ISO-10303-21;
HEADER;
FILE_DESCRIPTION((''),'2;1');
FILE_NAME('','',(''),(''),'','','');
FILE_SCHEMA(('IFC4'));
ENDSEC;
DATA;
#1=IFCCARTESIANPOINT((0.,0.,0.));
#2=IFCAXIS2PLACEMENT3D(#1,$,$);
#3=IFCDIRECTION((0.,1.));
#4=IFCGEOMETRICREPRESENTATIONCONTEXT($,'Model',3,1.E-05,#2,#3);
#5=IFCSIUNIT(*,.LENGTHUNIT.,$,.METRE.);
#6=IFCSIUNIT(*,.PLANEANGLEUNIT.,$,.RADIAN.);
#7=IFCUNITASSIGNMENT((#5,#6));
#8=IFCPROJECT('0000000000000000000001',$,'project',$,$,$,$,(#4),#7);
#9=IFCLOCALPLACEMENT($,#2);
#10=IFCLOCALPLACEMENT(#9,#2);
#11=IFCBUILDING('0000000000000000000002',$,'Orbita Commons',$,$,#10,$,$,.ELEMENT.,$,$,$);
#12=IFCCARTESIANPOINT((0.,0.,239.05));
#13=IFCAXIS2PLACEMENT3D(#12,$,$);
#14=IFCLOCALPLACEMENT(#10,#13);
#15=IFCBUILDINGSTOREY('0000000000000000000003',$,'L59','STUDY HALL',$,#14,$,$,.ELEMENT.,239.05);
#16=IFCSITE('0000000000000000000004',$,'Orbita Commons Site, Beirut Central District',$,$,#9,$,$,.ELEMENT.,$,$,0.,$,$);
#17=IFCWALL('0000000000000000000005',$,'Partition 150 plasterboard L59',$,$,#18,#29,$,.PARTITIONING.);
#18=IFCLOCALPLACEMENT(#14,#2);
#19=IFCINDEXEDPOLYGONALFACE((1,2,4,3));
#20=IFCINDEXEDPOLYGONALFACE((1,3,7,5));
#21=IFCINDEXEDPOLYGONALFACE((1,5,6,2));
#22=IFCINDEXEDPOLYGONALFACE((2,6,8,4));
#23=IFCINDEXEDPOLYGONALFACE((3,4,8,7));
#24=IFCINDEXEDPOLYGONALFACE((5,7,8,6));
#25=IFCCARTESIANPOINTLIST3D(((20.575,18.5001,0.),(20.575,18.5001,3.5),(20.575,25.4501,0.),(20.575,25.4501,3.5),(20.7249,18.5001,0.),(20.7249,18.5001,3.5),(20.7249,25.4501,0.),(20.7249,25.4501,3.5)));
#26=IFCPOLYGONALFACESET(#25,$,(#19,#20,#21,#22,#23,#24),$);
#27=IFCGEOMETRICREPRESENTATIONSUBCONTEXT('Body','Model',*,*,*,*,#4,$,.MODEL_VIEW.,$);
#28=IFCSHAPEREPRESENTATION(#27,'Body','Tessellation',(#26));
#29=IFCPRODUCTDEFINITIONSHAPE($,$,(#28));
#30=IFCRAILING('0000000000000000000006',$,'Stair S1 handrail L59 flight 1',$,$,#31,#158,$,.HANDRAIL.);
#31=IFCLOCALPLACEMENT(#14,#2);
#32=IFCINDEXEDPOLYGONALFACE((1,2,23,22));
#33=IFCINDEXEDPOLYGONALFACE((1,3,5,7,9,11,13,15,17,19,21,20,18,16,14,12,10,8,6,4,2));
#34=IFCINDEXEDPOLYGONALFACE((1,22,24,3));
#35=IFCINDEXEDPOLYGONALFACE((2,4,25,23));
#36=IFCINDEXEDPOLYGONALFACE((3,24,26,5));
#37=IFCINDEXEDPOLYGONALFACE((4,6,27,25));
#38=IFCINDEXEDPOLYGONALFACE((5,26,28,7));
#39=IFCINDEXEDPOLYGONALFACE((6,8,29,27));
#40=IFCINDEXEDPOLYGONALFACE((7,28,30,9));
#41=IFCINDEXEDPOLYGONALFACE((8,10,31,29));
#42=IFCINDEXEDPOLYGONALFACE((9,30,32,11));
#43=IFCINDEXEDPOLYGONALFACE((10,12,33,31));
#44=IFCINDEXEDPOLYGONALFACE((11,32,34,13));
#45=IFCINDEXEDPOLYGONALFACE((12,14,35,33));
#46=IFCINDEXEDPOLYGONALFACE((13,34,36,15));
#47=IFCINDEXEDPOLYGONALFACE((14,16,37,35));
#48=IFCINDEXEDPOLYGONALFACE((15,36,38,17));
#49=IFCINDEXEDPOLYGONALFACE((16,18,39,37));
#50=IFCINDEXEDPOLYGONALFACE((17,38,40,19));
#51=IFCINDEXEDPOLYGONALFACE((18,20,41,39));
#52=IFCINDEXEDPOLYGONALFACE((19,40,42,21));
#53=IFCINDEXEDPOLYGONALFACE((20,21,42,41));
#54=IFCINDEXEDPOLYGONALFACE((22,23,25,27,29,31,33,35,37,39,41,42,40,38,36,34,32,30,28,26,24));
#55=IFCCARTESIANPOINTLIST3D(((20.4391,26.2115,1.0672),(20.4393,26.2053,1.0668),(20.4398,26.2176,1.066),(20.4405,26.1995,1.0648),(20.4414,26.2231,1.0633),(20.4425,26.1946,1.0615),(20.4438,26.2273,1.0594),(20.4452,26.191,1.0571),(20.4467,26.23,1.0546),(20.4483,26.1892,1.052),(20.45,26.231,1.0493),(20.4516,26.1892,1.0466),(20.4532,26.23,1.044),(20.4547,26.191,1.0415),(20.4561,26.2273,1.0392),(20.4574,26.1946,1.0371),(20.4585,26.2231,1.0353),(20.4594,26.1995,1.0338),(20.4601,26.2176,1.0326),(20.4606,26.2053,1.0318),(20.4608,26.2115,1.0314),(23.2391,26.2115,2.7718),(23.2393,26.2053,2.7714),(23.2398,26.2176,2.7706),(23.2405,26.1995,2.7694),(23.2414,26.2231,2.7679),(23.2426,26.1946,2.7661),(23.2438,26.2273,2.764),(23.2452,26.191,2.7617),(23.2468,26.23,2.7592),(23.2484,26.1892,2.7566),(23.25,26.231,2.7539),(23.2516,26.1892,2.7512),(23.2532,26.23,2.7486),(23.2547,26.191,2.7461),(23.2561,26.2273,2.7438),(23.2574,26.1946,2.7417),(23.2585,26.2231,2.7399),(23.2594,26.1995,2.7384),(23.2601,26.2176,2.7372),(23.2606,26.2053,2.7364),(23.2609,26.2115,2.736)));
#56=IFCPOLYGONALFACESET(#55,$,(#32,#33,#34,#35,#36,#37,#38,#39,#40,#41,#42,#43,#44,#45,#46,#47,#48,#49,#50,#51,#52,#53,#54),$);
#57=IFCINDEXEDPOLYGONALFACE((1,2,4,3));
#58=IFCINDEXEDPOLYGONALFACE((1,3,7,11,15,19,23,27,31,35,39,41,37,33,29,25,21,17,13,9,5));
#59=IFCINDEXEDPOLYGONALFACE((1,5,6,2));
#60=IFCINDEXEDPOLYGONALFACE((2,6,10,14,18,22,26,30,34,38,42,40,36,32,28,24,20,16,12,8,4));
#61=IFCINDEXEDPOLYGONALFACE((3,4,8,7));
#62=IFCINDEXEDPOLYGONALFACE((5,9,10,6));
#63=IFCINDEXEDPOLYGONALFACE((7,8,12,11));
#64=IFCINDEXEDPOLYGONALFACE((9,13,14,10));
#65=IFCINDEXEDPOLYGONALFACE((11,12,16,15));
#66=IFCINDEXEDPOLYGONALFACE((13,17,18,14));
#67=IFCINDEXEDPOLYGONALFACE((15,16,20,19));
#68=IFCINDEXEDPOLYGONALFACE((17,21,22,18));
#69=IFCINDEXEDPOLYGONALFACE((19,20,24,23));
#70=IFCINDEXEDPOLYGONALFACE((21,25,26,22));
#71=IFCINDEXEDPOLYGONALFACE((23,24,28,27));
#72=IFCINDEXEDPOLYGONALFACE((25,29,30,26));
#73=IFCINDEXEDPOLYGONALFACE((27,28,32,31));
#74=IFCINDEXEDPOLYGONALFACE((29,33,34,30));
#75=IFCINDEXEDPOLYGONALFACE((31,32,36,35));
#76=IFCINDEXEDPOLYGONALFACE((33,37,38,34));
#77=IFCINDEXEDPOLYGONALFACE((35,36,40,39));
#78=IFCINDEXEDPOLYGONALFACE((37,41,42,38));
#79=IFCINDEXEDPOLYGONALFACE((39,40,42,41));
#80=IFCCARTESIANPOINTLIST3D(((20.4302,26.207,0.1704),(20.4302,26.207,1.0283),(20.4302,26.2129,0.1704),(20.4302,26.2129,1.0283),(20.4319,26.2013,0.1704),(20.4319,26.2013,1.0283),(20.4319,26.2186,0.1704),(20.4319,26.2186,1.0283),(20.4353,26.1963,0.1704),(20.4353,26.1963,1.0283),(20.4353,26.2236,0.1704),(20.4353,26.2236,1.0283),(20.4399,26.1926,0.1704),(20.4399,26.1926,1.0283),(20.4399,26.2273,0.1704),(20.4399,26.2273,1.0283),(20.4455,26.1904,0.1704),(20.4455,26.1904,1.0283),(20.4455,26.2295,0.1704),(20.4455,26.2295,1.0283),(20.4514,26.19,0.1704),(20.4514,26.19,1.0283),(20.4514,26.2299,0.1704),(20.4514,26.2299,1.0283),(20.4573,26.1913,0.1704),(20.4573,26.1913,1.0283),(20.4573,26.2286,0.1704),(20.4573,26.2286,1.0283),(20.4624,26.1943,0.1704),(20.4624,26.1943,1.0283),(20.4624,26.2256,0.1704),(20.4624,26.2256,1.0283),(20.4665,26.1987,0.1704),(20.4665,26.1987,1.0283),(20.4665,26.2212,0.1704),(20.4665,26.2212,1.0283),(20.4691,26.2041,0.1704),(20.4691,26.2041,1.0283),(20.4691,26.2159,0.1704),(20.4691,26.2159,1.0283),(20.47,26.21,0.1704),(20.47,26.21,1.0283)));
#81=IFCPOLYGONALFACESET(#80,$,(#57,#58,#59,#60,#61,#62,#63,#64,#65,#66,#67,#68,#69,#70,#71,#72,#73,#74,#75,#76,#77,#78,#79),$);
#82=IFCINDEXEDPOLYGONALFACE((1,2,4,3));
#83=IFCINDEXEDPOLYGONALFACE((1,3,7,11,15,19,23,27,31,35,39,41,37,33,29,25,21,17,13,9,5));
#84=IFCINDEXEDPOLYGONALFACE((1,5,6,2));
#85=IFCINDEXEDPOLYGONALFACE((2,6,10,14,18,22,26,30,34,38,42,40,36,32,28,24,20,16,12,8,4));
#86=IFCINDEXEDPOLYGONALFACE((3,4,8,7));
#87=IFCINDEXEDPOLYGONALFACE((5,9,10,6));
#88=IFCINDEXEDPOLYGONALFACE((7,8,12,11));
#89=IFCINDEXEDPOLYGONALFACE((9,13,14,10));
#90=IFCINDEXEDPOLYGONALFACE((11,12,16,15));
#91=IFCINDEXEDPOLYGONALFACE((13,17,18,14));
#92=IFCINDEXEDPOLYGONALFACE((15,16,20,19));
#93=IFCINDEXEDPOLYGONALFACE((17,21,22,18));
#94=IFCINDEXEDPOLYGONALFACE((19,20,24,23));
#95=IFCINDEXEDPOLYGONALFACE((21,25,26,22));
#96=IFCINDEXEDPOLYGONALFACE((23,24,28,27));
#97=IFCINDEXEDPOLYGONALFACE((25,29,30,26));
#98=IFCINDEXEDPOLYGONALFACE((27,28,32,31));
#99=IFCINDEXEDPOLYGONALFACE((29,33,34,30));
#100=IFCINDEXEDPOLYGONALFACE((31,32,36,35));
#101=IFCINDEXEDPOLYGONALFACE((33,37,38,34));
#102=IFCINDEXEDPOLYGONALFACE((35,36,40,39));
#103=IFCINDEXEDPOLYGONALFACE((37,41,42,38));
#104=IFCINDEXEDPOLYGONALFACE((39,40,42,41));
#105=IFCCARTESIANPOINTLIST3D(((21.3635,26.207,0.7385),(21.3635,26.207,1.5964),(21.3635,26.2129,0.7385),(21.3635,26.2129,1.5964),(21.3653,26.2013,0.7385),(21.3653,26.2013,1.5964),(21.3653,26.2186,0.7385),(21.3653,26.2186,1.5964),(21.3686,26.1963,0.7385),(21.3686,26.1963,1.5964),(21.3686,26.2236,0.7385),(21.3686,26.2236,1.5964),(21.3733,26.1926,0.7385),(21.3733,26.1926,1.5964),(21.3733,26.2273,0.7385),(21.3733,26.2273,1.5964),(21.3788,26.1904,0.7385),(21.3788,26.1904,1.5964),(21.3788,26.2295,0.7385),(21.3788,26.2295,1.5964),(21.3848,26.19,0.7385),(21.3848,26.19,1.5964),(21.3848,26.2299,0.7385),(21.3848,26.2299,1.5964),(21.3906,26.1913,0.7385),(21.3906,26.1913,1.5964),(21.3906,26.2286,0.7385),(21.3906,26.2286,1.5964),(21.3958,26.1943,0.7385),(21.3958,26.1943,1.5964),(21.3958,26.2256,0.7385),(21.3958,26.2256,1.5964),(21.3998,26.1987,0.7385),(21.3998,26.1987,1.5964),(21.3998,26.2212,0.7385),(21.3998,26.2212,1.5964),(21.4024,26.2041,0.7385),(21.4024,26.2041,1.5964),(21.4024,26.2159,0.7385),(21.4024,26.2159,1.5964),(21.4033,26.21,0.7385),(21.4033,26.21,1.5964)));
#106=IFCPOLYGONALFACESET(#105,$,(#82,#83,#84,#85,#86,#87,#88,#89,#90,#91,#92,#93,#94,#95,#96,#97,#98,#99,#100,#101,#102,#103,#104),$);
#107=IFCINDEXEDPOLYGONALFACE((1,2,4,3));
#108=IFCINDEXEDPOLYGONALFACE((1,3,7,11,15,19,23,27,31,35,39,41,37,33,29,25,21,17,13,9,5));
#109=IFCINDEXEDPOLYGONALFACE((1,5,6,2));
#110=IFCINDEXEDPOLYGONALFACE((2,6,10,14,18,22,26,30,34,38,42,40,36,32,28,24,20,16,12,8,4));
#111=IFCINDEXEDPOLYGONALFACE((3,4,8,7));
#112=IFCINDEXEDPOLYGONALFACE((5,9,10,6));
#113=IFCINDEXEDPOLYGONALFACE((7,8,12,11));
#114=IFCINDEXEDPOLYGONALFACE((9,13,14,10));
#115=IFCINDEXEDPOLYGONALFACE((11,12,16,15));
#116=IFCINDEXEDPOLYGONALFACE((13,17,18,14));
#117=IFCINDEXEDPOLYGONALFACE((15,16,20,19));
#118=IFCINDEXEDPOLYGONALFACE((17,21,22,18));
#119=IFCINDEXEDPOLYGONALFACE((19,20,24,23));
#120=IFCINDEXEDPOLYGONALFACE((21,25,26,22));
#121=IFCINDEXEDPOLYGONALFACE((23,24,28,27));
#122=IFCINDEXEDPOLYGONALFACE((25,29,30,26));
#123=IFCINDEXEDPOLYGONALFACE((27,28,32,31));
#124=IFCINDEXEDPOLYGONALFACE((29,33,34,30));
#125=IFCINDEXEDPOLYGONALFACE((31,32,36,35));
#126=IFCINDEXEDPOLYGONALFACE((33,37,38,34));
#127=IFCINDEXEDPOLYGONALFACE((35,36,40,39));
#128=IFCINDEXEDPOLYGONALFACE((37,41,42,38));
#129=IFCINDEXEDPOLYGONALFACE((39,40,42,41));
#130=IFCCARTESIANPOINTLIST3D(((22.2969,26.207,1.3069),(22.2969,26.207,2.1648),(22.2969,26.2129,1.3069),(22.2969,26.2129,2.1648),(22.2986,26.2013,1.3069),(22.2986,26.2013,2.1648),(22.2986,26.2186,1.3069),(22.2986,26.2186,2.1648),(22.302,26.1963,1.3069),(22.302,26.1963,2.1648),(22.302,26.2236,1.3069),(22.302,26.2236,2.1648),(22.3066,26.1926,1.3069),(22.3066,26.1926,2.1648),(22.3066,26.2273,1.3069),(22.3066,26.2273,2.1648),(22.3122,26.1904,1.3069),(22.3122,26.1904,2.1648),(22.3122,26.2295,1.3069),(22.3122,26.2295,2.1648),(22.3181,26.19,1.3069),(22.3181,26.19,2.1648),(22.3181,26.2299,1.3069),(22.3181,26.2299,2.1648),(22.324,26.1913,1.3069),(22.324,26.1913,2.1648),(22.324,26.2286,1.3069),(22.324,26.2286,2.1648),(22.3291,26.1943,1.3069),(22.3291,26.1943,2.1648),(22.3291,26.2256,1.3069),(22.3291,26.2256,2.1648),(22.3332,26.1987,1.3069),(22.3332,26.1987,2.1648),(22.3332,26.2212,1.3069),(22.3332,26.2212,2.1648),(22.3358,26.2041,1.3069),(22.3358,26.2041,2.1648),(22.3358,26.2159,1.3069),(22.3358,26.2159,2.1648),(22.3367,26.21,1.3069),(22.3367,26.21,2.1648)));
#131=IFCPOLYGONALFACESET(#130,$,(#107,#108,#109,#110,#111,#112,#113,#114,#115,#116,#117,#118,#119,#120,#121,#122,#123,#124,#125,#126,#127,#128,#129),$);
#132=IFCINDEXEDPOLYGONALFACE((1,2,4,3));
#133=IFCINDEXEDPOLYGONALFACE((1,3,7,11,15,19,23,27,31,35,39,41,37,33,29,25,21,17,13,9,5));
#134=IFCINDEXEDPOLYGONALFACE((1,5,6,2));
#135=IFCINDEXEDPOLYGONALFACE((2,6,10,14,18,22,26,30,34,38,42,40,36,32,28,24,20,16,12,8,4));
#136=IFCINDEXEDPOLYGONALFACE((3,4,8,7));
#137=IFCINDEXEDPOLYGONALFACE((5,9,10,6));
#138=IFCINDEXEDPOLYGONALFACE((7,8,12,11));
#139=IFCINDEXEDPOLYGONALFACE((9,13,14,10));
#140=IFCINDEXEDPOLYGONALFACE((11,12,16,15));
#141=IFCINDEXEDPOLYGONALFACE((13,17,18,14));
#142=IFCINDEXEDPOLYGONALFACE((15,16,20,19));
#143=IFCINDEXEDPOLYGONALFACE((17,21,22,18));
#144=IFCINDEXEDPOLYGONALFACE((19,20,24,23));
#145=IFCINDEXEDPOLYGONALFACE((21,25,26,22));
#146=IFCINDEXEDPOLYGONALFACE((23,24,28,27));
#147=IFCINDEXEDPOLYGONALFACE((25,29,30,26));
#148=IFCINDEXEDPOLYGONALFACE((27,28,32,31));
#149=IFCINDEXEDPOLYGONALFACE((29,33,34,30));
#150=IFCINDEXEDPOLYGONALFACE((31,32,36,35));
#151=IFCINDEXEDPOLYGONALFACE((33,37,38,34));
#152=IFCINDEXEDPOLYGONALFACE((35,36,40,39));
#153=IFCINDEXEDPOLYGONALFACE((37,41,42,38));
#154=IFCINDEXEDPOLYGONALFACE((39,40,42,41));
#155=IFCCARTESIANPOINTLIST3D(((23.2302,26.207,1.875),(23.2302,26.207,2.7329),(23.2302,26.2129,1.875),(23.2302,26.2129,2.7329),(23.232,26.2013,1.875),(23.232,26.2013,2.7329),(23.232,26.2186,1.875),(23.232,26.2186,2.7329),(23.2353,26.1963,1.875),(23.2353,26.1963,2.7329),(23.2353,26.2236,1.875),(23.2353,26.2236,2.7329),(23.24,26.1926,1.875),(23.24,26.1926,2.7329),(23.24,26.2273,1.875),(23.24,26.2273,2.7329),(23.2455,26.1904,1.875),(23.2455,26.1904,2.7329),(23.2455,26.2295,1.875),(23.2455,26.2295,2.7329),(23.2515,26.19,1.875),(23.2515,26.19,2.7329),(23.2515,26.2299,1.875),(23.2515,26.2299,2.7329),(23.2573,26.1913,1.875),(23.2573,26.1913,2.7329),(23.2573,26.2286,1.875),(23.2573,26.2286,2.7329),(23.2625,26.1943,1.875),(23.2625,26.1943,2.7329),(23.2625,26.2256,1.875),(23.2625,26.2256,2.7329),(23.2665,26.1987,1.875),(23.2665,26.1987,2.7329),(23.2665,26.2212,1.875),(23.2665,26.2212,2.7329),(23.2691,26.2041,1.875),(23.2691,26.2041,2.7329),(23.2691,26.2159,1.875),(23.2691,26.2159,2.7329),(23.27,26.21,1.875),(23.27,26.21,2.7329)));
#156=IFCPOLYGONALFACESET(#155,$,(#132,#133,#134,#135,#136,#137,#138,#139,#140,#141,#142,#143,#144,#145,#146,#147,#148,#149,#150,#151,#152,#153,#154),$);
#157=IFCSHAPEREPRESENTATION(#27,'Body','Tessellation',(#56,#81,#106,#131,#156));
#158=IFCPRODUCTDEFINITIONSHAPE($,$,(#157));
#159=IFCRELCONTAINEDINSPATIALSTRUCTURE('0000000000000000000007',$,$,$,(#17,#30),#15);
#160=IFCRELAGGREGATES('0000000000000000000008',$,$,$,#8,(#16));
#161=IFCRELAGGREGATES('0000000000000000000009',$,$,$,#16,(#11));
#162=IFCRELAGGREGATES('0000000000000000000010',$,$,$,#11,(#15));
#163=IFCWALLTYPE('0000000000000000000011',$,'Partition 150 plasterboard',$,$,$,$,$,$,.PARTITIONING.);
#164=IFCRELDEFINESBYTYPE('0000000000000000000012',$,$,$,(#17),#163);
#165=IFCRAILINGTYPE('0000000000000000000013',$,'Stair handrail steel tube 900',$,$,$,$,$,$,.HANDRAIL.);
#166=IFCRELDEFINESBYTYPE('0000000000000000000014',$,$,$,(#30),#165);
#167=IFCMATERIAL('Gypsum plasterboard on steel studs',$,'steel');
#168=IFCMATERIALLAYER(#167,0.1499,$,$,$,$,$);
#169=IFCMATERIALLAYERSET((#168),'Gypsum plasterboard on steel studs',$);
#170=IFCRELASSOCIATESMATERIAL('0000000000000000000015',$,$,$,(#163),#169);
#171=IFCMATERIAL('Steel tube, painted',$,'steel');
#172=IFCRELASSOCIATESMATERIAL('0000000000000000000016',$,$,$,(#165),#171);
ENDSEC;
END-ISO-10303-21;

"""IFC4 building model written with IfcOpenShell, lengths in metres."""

from ifc_helpers import new_model, si_unit, direction, frame, frame_2d, origin, origin_2d, place, context, subcontext, project, spatial, rectangle, circle, extrude, material, layer, layer_set, type_object, element, save


model = new_model("IFC4")

# Units and contexts
model_context = context("Model", 3, precision=1e-05, world=origin(), true_north=direction((0.0, 1.0)))
body_context = subcontext(model_context, "Body", "Model", "MODEL_VIEW")
ifc_project = project(units=[si_unit("LENGTHUNIT", "METRE"), si_unit("PLANEANGLEUNIT", "RADIAN")], contexts=[model_context])

# Site, building, storey
site_placement = place(None, origin())
site = spatial("IfcSite", under=ifc_project, at=site_placement, Name="Orbita Commons Site, Beirut Central District", CompositionType="ELEMENT", RefElevation=0.0)
building_placement = place(site_placement, origin())
building = spatial("IfcBuilding", under=site, at=building_placement, Name="Orbita Commons", CompositionType="ELEMENT")
storey_placement = place(building_placement, frame((0.0, 0.0, 239.05)))
storey = spatial("IfcBuildingStorey", under=building, at=storey_placement, Name="L59", Description="STUDY HALL", CompositionType="ELEMENT", Elevation=239.05)

# Wall
ifc_material_1 = material(Name="Gypsum plasterboard on steel studs", Category="steel")
ifc_layer_1 = layer(ifc_material_1, 0.1499)
ifc_layer_set_1 = layer_set([ifc_layer_1], Name="Gypsum plasterboard on steel studs")
wall_type_1 = type_object("IfcWallType", Name="Partition 150 plasterboard", PredefinedType="PARTITIONING", material=ifc_layer_set_1)
wall_1_placement = place(storey_placement, frame((20.6499, 18.5, 0.0), z_axis=(0.0, 0.0, 1.0), x_axis=(0.0, 1.0, 0.0)))
element("IfcWall", 1, at=wall_1_placement, inside=storey, type_object=wall_type_1, Name="Partition 150 plasterboard L59", PredefinedType="PARTITIONING", context=body_context, shape_type="SweptSolid", body=[
    extrude(rectangle(XDim=6.95, YDim=0.1499, at=frame_2d((3.4751, 0.0))), origin(), (0.0, 0.0, 1.0), 3.5),
])

# Railing
ifc_material_2 = material(Name="Steel tube, painted", Category="steel")
railing_type = type_object("IfcRailingType", Name="Stair handrail steel tube 900", PredefinedType="HANDRAIL", material=ifc_material_2)
railing_placement = place(storey_placement, frame((20.45, 26.21, 0.1704)))
element("IfcRailing", 2, at=railing_placement, inside=storey, type_object=railing_type, Name="Stair S1 handrail L59 flight 1", PredefinedType="HANDRAIL", context=body_context, shape_type="SweptSolid", body=[
    extrude(circle(Radius=0.021, at=origin_2d()), frame((0.0, 0.0, 0.8789), z_axis=(0.85417, 0.0, 0.519994), x_axis=(0.0, 1.0, 0.0)), (0.0, 0.0, 1.0), 3.2781),
    extrude(circle(Radius=0.02, at=origin_2d()), origin(), (0.0, 0.0, 1.0), 0.8579),
    extrude(circle(Radius=0.02, at=origin_2d()), frame((0.9333, 0.0, 0.5681)), (0.0, 0.0, 1.0), 0.8579),
    extrude(circle(Radius=0.02, at=origin_2d()), frame((1.8667, 0.0, 1.1365)), (0.0, 0.0, 1.0), 0.8579),
    extrude(circle(Radius=0.02, at=origin_2d()), frame((2.8, 0.0, 1.7046)), (0.0, 0.0, 1.0), 0.8579),
])

save(model, "model.ifc")
